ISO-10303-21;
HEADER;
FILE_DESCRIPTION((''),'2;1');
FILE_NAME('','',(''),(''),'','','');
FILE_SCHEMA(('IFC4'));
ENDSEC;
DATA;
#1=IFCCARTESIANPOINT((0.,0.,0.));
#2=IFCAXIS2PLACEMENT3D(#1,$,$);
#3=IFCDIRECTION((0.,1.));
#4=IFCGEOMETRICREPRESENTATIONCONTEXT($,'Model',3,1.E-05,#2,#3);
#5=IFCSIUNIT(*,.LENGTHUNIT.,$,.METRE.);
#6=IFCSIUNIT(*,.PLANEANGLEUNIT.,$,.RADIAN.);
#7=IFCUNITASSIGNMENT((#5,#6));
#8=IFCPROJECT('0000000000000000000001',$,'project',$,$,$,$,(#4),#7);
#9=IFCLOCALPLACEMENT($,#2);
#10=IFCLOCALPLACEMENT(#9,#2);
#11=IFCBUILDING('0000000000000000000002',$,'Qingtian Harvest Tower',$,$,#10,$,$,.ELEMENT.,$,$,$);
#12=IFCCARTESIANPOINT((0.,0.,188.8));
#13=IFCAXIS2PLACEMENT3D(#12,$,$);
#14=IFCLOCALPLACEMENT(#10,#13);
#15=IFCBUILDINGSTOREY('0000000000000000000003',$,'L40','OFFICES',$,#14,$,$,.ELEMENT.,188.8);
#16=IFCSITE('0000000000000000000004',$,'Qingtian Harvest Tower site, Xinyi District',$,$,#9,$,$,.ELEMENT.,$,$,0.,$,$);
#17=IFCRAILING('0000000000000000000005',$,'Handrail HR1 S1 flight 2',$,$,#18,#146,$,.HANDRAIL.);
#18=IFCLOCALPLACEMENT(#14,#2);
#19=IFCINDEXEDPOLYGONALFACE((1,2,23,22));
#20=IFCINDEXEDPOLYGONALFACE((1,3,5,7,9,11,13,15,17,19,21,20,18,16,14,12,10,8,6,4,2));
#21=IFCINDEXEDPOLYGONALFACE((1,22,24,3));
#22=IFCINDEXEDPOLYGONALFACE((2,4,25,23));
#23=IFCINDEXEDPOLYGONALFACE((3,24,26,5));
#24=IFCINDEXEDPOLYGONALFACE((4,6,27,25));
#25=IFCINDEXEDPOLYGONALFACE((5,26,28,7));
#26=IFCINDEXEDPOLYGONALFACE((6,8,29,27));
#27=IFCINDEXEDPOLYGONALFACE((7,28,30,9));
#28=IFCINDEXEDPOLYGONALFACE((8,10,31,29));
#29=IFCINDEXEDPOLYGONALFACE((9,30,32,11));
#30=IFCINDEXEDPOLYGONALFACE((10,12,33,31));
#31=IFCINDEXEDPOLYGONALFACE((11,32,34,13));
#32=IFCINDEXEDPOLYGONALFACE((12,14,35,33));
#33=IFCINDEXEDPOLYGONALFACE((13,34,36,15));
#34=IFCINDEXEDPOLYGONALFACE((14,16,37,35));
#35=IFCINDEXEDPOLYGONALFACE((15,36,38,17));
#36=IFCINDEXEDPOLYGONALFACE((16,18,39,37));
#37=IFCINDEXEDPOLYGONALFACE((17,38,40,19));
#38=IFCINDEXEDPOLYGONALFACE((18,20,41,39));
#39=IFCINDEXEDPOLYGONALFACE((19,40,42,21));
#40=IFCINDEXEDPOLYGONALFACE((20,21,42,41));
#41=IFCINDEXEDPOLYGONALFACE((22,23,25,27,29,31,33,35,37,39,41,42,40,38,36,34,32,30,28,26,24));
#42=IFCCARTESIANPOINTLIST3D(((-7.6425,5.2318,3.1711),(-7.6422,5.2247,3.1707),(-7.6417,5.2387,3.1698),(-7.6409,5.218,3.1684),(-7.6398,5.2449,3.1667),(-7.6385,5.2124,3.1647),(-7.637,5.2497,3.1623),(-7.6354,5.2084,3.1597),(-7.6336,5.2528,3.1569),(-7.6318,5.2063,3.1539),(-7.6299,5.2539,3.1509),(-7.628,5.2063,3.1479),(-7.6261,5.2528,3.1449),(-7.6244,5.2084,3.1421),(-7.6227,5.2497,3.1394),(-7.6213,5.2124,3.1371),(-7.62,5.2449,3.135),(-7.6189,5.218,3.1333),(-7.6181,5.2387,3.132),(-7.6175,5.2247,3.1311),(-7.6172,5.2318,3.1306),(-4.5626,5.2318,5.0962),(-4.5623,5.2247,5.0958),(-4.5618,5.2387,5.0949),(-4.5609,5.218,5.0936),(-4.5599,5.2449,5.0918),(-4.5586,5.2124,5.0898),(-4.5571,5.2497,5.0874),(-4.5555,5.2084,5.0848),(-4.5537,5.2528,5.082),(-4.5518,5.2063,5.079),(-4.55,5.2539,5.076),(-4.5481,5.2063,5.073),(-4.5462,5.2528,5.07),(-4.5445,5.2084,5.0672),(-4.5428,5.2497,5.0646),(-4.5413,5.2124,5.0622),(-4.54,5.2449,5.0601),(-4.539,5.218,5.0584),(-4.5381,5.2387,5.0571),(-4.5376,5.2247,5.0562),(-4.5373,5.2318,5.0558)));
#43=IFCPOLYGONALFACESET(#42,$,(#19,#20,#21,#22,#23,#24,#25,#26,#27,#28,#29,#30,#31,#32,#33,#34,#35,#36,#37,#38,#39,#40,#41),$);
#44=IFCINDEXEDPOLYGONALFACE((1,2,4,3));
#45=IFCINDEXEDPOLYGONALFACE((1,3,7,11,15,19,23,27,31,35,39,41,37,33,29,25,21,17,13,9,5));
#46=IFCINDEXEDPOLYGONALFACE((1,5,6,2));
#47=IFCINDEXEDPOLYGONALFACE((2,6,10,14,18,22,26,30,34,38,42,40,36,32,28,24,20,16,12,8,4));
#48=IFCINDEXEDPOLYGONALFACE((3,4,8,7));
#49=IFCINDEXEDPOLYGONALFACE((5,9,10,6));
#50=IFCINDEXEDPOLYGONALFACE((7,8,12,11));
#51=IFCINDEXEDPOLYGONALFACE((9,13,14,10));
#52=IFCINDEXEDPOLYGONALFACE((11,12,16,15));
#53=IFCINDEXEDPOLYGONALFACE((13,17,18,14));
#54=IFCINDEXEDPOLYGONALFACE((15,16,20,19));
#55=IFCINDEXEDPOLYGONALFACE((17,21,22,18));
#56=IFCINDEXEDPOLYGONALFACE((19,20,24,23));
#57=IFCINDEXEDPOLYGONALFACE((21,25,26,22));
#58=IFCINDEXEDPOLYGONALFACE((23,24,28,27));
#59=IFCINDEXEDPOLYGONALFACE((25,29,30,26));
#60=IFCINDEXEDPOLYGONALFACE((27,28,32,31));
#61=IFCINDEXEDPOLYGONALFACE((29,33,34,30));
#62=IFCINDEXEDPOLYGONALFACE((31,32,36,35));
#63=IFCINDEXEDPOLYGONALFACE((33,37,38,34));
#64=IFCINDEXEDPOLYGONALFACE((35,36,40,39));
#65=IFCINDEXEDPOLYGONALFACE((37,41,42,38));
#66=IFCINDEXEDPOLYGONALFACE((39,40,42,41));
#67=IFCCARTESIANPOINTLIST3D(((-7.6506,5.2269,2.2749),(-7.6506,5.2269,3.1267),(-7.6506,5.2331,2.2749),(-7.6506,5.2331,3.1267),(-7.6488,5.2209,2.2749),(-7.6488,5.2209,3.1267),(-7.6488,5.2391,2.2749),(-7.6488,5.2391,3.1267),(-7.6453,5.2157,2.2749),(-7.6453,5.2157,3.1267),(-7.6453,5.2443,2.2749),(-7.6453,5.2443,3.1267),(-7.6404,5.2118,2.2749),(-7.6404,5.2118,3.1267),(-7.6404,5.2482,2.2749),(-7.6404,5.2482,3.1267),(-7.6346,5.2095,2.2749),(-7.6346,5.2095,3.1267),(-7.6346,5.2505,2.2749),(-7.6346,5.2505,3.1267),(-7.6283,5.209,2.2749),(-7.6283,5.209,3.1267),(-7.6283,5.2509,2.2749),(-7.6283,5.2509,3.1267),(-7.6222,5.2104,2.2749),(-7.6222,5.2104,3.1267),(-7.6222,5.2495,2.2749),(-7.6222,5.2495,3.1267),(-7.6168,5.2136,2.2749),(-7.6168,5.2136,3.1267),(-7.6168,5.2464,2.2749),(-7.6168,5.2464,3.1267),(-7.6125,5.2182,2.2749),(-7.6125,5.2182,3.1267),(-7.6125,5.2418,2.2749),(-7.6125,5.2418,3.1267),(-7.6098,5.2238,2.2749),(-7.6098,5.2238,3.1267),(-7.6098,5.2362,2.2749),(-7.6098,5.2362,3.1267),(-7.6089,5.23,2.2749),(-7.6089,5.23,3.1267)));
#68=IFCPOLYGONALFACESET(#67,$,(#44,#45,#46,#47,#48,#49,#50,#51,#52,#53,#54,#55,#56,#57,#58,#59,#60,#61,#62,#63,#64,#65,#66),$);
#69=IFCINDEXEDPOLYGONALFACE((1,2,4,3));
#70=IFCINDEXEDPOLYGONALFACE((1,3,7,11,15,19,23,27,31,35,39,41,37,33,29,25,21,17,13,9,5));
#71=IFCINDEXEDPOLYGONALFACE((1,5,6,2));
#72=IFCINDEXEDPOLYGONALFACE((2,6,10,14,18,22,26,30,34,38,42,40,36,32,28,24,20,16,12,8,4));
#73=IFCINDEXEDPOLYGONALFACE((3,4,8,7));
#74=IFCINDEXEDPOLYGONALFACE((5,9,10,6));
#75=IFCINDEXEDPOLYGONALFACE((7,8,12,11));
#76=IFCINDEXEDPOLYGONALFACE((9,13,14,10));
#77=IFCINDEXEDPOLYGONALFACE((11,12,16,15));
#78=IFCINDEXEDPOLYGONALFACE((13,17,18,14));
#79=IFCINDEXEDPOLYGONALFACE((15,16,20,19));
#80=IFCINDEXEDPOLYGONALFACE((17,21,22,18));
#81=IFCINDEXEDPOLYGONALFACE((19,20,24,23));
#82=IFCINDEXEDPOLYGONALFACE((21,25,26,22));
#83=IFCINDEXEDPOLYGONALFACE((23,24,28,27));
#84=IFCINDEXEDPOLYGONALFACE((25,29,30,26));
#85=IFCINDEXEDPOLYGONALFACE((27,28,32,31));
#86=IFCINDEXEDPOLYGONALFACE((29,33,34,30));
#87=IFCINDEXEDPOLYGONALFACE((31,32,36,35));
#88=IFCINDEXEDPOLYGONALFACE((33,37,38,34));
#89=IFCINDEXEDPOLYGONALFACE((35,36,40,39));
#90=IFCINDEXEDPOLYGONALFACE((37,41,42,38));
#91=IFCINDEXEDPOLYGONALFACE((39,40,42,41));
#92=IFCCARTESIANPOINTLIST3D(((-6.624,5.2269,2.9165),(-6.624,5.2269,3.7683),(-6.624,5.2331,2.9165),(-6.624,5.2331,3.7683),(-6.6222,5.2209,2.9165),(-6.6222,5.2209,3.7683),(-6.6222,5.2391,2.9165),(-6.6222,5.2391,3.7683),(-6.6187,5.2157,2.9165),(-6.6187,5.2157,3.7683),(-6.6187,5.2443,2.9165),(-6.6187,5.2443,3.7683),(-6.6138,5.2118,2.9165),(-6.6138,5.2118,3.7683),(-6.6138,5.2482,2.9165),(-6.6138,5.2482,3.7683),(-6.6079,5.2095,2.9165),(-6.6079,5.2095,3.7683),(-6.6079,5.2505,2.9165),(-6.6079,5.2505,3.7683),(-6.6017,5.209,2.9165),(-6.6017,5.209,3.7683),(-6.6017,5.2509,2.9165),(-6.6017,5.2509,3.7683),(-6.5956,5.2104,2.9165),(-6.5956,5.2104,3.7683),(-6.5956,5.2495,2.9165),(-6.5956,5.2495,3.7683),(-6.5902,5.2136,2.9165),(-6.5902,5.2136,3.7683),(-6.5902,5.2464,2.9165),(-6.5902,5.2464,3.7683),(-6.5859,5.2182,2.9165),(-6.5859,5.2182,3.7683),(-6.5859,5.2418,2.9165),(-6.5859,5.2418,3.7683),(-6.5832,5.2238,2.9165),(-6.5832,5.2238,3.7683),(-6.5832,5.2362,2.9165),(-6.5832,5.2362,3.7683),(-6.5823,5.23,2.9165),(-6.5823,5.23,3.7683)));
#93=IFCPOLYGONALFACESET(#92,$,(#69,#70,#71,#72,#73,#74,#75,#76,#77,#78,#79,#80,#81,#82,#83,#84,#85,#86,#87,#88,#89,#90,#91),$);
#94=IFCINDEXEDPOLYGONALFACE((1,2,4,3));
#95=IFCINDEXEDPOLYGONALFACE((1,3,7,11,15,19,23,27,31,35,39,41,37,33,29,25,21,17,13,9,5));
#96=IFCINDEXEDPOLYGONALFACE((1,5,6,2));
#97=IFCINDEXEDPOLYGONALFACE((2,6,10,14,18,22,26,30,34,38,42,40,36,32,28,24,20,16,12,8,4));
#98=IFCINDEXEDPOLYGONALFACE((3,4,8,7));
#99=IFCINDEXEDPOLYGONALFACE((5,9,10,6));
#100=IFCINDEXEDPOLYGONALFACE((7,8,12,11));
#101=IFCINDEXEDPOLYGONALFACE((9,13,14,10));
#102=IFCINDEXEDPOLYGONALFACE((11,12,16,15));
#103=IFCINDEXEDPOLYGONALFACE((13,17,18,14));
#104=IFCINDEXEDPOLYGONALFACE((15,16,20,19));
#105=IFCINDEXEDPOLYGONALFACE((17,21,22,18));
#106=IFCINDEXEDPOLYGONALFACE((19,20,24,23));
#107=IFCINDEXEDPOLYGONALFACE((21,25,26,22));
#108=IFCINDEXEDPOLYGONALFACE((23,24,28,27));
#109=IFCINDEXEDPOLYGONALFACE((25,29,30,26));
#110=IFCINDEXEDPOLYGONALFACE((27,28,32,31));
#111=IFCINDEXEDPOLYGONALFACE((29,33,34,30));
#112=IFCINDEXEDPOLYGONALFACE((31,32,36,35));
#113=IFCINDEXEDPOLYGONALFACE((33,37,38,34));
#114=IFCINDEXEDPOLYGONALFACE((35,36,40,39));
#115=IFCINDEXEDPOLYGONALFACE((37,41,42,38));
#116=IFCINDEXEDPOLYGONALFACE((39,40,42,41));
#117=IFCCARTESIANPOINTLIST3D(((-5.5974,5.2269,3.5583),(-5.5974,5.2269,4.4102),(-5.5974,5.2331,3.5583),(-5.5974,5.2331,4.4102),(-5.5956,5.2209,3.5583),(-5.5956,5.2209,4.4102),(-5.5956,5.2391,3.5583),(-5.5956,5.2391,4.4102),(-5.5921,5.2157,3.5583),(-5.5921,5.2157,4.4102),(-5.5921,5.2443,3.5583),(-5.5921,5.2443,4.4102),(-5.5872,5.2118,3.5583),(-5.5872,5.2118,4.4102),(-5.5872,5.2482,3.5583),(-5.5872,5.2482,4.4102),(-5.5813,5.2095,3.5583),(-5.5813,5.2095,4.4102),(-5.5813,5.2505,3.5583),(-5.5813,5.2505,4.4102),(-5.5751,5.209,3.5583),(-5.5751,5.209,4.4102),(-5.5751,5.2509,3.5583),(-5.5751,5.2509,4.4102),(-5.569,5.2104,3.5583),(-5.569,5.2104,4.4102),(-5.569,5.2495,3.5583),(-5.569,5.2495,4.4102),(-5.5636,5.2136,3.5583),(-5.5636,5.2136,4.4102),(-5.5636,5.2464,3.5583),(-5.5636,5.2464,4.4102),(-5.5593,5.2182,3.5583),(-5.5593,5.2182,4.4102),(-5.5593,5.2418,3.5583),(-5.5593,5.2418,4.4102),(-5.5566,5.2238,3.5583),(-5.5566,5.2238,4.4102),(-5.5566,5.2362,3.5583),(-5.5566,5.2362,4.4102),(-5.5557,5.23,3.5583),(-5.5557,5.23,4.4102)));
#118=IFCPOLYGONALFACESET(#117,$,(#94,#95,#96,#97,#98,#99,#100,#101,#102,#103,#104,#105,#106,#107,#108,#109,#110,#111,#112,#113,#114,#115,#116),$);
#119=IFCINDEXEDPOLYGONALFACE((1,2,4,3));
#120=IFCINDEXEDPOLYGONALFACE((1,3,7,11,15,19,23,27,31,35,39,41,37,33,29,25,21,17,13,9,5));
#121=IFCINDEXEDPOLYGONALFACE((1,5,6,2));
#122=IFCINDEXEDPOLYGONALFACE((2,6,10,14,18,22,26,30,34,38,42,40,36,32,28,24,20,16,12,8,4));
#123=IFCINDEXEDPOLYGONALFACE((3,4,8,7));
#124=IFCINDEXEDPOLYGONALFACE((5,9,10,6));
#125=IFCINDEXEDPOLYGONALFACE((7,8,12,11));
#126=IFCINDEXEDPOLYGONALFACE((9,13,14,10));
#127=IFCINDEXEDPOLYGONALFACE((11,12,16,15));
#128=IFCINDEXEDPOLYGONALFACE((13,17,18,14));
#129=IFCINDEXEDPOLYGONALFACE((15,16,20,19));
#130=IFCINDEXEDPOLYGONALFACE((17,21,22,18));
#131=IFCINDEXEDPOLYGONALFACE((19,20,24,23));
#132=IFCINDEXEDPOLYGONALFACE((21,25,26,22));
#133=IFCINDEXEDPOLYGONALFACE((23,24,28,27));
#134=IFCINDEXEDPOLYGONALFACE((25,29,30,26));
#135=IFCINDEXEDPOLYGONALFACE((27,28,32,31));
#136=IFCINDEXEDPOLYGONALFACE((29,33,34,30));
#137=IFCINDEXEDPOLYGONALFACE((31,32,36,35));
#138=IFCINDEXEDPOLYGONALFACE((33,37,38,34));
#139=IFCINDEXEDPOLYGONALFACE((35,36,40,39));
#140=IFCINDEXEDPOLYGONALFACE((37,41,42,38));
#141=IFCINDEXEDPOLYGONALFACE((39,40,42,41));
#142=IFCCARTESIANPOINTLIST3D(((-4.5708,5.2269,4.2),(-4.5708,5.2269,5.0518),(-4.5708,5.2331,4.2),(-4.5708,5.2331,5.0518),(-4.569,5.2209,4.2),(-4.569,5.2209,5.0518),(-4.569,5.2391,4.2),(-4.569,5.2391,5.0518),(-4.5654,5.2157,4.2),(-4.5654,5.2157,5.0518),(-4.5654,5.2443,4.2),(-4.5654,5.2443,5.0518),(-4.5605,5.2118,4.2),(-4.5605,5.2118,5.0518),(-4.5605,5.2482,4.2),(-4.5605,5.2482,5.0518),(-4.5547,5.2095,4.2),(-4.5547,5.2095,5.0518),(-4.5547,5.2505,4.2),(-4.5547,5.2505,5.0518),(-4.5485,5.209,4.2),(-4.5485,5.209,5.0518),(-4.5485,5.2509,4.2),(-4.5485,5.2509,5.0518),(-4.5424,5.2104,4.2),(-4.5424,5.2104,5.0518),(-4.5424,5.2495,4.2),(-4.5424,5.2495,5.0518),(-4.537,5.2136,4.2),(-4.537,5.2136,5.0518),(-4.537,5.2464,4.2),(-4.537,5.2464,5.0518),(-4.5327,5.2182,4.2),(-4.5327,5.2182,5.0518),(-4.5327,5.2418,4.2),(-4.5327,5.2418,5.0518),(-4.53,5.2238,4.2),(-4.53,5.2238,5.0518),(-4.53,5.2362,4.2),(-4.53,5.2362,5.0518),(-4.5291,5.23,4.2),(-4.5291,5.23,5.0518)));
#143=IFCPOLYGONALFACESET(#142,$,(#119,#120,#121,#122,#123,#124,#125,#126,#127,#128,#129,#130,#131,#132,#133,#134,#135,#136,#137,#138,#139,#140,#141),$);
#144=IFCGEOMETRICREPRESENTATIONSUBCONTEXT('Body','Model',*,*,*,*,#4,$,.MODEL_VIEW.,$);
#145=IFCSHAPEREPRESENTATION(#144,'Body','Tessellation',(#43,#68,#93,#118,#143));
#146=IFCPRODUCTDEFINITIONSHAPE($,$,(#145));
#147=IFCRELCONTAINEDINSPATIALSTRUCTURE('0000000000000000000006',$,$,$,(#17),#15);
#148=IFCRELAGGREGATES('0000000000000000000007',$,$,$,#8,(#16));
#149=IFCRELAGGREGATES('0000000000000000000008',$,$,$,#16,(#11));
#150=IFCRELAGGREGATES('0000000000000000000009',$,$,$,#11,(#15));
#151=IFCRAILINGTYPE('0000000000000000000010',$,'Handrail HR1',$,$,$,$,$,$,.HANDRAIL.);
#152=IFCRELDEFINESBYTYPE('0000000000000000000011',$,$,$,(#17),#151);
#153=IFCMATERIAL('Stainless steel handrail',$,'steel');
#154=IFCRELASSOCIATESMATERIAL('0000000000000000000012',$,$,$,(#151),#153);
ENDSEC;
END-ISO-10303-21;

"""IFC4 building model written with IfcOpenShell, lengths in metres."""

from ifc_helpers import new_model, si_unit, direction, frame, origin, origin_2d, place, context, subcontext, project, spatial, circle, extrude, material, type_object, element, save


model = new_model("IFC4")

# Units and contexts
model_context = context("Model", 3, precision=1e-05, world=origin(), true_north=direction((0.0, 1.0)))
body_context = subcontext(model_context, "Body", "Model", "MODEL_VIEW")
ifc_project = project(units=[si_unit("LENGTHUNIT", "METRE"), si_unit("PLANEANGLEUNIT", "RADIAN")], contexts=[model_context])

# Site, building, storey
site_placement = place(None, origin())
site = spatial("IfcSite", under=ifc_project, at=site_placement, Name="Qingtian Harvest Tower site, Xinyi District", CompositionType="ELEMENT", RefElevation=0.0)
building_placement = place(site_placement, origin())
building = spatial("IfcBuilding", under=site, at=building_placement, Name="Qingtian Harvest Tower", CompositionType="ELEMENT")
storey_placement = place(building_placement, frame((0.0, 0.0, 188.8)))
storey = spatial("IfcBuildingStorey", under=building, at=storey_placement, Name="L40", Description="OFFICES", CompositionType="ELEMENT", Elevation=188.8)

# Railing
ifc_material_1 = material(Name="Stainless steel handrail", Category="steel")
railing_type = type_object("IfcRailingType", Name="Handrail HR1", PredefinedType="HANDRAIL", material=ifc_material_1)
railing_1_placement = place(storey_placement, frame((-7.6299, 5.23, 2.2749)))
element("IfcRailing", 1, at=railing_1_placement, inside=storey, type_object=railing_type, Name="Handrail HR1 S1 flight 2", PredefinedType="HANDRAIL", context=body_context, shape_type="SweptSolid", body=[
    extrude(circle(Radius=0.0239, at=origin_2d()), frame((0.0, 0.0, 0.876), z_axis=(0.847979, 0.0, 0.530029), x_axis=(0.0, 1.0, 0.0)), (0.0, 0.0, 1.0), 3.6321),
    extrude(circle(Radius=0.021, at=origin_2d()), origin(), (0.0, 0.0, 1.0), 0.8518),
    extrude(circle(Radius=0.021, at=origin_2d()), frame((1.0266, 0.0, 0.6416)), (0.0, 0.0, 1.0), 0.8518),
    extrude(circle(Radius=0.021, at=origin_2d()), frame((2.0532, 0.0, 1.2834)), (0.0, 0.0, 1.0), 0.8518),
    extrude(circle(Radius=0.021, at=origin_2d()), frame((3.0798, 0.0, 1.925)), (0.0, 0.0, 1.0), 0.8518),
])

save(model, "model.ifc")
